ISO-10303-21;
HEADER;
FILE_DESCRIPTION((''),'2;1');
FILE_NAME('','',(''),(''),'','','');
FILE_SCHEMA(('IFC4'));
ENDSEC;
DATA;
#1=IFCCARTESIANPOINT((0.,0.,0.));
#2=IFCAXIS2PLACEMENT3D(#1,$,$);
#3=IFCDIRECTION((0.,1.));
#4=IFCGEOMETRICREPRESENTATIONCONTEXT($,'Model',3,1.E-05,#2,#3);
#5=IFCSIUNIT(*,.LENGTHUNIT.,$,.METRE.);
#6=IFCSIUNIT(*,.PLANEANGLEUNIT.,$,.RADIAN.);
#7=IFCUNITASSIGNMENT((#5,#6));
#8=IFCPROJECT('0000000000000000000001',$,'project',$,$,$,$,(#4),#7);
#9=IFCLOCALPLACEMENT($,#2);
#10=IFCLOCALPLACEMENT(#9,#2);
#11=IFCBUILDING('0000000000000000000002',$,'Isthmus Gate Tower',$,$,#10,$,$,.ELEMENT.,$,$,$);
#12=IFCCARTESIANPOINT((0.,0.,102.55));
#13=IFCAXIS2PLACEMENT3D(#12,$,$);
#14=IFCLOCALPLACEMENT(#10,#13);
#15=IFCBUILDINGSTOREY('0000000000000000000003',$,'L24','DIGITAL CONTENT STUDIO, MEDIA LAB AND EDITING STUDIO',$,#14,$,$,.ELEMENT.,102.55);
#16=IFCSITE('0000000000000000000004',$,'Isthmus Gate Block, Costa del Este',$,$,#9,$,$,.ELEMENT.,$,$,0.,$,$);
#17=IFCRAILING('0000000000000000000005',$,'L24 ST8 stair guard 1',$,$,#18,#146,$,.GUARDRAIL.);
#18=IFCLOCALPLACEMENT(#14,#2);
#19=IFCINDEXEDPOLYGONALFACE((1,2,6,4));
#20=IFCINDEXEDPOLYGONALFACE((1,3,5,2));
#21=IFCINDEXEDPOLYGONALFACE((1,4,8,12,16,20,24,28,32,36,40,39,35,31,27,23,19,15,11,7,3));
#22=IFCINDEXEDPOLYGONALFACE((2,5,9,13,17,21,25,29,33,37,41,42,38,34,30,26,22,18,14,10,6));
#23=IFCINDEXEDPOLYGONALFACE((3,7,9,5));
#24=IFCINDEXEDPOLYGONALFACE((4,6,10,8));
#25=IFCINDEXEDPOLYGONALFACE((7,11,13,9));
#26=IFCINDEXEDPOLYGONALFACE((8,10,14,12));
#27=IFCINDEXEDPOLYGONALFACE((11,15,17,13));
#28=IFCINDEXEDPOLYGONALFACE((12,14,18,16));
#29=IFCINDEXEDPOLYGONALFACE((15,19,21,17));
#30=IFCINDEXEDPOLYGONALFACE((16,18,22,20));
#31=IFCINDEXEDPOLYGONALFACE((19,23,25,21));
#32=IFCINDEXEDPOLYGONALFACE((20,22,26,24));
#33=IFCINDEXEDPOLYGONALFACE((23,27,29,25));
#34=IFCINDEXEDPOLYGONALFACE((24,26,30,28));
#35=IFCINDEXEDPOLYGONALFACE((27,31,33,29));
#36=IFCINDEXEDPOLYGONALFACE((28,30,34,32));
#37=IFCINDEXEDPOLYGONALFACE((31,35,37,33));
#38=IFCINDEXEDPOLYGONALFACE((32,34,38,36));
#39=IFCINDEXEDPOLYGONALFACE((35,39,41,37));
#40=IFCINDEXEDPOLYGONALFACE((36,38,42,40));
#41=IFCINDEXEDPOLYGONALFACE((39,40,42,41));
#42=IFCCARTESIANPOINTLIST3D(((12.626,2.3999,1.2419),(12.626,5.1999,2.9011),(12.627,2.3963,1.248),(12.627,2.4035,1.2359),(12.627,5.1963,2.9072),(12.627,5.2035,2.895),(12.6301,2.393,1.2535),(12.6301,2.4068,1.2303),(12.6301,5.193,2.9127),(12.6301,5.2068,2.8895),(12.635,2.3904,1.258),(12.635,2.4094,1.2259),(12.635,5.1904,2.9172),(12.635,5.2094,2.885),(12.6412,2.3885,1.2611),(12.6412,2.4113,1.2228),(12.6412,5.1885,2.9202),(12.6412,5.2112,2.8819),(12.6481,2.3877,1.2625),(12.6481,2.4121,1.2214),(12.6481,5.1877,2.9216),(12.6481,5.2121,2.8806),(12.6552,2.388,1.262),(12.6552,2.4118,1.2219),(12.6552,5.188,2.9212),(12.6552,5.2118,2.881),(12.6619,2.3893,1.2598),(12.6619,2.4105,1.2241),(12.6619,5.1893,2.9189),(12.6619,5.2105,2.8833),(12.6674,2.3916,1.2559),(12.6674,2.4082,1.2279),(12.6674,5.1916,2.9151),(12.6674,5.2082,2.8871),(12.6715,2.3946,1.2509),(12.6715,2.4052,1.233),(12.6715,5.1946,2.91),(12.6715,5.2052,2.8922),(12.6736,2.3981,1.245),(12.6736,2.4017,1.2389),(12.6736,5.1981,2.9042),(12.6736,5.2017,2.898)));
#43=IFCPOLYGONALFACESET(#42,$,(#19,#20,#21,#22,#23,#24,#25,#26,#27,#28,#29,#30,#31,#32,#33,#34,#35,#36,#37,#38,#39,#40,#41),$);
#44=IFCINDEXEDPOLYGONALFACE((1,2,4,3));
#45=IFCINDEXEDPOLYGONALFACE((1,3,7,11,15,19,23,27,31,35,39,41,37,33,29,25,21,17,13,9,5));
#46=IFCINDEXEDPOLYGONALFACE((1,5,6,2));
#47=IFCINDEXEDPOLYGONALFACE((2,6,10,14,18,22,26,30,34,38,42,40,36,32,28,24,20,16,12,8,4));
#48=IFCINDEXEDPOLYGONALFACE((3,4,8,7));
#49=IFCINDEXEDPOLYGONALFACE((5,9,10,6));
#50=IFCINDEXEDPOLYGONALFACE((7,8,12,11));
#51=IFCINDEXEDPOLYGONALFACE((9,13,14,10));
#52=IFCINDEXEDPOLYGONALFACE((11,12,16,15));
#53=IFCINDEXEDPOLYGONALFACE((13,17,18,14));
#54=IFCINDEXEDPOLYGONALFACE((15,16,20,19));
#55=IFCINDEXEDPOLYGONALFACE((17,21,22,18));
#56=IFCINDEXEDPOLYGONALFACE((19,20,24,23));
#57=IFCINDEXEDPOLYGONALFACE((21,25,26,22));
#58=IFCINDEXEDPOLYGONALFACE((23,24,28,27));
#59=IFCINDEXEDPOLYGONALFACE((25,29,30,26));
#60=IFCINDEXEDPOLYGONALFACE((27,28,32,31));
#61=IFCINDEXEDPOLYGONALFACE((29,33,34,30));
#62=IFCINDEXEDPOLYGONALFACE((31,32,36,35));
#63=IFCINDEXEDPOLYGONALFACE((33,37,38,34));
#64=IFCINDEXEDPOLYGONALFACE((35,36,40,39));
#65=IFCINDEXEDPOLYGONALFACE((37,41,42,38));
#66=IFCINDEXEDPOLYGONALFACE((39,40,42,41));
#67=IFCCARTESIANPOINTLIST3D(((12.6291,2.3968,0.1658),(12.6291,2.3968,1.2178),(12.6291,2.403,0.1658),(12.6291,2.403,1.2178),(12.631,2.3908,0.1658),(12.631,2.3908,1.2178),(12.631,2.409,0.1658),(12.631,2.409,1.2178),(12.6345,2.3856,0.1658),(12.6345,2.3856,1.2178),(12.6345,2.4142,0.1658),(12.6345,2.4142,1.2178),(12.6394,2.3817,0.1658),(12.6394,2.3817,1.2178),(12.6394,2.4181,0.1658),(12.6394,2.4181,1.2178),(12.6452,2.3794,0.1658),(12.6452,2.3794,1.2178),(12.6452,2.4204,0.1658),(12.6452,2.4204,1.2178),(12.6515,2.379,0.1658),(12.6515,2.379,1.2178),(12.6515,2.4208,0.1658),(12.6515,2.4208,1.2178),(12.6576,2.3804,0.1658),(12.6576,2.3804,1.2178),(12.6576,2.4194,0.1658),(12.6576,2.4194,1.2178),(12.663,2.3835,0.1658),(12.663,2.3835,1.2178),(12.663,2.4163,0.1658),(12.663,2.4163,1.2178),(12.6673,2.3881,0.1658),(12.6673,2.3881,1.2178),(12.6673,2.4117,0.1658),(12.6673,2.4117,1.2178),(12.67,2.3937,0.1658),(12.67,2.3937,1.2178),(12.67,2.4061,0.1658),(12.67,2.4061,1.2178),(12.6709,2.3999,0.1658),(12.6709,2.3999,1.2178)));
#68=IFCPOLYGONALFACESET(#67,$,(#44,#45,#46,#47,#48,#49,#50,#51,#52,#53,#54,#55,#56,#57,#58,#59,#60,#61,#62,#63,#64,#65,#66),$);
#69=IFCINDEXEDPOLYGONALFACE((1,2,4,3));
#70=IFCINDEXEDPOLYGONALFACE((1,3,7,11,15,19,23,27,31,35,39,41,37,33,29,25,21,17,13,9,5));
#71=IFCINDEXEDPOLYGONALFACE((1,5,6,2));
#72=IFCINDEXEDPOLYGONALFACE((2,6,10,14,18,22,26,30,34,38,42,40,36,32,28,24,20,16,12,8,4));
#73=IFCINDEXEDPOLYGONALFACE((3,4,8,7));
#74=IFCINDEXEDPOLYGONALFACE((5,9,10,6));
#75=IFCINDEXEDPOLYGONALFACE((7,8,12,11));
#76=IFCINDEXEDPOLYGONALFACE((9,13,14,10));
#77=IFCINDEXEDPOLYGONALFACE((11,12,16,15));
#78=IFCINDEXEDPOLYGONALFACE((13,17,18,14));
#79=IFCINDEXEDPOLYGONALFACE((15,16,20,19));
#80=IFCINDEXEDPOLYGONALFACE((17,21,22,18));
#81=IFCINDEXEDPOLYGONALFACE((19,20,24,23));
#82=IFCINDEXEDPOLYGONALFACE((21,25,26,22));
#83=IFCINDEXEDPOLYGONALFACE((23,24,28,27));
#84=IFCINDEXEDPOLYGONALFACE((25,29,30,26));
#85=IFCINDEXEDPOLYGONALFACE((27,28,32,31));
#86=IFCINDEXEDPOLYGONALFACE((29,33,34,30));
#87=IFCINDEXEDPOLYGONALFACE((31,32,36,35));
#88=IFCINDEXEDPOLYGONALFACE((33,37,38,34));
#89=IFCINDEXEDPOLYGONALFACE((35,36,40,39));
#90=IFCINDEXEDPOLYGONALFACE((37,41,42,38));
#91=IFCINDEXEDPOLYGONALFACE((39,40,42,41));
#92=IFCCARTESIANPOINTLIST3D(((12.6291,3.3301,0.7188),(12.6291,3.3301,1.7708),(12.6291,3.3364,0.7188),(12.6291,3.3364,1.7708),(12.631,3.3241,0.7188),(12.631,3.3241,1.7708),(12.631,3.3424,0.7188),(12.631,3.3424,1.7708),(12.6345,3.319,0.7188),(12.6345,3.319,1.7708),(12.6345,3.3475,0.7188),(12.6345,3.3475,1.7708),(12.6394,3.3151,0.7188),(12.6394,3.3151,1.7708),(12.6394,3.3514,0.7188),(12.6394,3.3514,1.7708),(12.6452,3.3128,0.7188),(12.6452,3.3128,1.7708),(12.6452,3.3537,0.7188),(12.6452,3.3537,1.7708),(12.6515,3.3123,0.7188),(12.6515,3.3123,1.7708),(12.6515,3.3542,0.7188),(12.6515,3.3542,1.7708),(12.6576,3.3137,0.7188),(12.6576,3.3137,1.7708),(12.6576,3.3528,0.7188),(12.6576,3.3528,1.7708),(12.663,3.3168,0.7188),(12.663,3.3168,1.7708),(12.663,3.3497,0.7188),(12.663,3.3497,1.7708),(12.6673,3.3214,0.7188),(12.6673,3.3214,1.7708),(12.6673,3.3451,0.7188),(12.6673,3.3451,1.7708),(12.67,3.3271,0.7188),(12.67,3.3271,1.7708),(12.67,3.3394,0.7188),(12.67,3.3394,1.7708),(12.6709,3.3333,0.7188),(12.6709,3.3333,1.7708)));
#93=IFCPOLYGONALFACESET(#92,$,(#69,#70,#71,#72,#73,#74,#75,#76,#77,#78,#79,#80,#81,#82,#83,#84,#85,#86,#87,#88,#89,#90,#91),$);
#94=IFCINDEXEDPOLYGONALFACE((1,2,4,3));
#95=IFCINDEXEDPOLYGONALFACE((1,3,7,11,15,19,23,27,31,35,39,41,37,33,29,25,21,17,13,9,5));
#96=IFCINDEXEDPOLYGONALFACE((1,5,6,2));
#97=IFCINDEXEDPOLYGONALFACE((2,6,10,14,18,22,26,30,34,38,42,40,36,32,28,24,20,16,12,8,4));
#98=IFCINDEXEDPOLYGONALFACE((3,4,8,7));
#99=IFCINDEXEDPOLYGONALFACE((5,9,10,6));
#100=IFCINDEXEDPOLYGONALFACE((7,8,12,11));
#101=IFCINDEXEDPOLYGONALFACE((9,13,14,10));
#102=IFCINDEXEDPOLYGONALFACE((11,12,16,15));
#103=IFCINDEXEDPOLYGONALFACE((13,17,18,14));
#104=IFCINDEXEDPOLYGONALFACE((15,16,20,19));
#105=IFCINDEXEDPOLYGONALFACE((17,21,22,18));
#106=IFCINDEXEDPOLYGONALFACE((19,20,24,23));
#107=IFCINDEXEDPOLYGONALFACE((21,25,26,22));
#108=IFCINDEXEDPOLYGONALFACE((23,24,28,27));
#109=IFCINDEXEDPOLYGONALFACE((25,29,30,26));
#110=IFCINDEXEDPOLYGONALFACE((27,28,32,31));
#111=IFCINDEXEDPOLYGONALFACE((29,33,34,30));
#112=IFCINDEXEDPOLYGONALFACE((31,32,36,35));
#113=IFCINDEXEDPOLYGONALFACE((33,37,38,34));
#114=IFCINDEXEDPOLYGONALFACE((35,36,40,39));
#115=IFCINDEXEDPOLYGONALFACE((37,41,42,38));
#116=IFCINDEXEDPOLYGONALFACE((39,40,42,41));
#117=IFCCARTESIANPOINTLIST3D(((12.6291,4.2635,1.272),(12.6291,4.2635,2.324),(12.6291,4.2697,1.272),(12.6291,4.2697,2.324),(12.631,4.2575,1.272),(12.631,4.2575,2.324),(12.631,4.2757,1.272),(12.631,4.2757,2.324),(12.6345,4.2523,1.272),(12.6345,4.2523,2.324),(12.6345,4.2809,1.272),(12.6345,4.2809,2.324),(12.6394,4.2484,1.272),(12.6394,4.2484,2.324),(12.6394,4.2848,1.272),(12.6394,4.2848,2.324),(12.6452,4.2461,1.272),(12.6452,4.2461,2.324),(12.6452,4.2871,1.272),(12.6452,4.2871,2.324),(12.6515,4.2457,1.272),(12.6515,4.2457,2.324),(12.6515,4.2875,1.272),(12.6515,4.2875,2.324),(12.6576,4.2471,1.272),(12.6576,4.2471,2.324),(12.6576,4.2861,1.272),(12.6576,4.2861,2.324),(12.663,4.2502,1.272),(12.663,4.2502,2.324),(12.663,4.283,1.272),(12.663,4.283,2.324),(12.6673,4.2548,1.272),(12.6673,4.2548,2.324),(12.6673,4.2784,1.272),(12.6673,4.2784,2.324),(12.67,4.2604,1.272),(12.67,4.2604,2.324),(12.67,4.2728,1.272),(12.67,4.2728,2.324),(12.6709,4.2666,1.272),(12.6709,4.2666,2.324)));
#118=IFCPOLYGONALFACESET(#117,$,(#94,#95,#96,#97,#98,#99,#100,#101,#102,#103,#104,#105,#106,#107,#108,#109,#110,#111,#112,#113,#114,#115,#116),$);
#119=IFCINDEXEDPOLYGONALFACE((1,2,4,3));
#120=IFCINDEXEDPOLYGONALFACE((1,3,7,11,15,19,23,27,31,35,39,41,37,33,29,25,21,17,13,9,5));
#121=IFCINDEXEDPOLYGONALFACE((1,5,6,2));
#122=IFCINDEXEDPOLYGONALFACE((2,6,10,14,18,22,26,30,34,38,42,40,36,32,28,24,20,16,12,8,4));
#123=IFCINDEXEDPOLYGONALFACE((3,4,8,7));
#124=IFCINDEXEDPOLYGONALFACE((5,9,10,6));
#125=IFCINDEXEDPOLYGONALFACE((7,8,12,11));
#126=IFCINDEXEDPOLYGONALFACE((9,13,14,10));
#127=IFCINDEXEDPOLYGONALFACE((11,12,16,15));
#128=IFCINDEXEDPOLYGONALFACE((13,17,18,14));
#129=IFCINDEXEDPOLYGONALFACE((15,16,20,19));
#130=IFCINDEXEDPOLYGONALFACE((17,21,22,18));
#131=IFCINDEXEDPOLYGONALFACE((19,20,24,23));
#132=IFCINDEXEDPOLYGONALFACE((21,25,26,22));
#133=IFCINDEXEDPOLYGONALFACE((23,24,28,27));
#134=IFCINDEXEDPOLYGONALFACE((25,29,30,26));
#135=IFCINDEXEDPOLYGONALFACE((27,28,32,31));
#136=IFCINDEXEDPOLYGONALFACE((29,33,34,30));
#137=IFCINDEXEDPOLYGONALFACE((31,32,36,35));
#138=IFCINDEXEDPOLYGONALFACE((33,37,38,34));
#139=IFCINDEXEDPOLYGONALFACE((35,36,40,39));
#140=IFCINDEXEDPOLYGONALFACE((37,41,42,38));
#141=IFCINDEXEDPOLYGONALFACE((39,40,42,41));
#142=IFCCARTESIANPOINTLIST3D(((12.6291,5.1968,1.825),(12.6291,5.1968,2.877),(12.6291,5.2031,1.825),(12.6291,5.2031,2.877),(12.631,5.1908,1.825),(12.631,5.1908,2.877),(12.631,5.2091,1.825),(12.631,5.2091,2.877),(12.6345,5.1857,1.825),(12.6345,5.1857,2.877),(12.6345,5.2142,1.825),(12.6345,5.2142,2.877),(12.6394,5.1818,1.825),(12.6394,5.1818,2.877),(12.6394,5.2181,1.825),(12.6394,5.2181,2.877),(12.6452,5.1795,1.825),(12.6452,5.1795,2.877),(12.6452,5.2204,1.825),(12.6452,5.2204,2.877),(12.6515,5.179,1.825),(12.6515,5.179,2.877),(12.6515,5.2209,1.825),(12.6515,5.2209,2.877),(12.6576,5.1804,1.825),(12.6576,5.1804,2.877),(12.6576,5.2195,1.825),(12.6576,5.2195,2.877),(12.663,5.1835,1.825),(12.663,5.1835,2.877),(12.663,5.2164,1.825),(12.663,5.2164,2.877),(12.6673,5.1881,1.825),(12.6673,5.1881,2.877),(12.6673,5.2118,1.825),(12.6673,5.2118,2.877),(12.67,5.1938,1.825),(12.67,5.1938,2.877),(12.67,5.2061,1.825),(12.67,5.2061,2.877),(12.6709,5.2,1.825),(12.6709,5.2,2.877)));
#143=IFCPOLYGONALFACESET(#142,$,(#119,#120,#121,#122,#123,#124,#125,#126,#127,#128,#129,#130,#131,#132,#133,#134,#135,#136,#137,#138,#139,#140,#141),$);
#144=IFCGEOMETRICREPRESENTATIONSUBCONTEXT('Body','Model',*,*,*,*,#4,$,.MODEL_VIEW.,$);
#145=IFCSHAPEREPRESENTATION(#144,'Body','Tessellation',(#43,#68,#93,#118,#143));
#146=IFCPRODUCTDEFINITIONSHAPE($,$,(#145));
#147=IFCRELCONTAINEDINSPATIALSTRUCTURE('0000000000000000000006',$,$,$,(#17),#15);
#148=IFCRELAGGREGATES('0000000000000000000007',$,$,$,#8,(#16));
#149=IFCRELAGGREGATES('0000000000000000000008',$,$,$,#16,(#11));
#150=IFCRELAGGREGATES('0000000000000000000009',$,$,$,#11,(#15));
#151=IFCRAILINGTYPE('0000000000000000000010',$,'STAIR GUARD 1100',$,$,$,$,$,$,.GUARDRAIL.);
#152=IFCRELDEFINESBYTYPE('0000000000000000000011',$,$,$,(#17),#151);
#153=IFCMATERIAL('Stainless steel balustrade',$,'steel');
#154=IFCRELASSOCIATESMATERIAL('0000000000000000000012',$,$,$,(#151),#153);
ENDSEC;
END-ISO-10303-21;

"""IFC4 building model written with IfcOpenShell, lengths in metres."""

from ifc_helpers import new_model, si_unit, direction, frame, origin, origin_2d, place, context, subcontext, project, spatial, circle, extrude, material, type_object, element, save


model = new_model("IFC4")

# Units and contexts
model_context = context("Model", 3, precision=1e-05, world=origin(), true_north=direction((0.0, 1.0)))
body_context = subcontext(model_context, "Body", "Model", "MODEL_VIEW")
ifc_project = project(units=[si_unit("LENGTHUNIT", "METRE"), si_unit("PLANEANGLEUNIT", "RADIAN")], contexts=[model_context])

# Site, building, storey
site_placement = place(None, origin())
site = spatial("IfcSite", under=ifc_project, at=site_placement, Name="Isthmus Gate Block, Costa del Este", CompositionType="ELEMENT", RefElevation=0.0)
building_placement = place(site_placement, origin())
building = spatial("IfcBuilding", under=site, at=building_placement, Name="Isthmus Gate Tower", CompositionType="ELEMENT")
storey_placement = place(building_placement, frame((0.0, 0.0, 102.55)))
storey = spatial("IfcBuildingStorey", under=building, at=storey_placement, Name="L24", Description="DIGITAL CONTENT STUDIO, MEDIA LAB AND EDITING STUDIO", CompositionType="ELEMENT", Elevation=102.55)

# Railing
ifc_material_1 = material(Name="Stainless steel balustrade", Category="steel")
railing_type_1 = type_object("IfcRailingType", Name="STAIR GUARD 1100", PredefinedType="GUARDRAIL", material=ifc_material_1)
railing_1_placement = place(storey_placement, frame((12.6499, 2.3999, 0.1658)))
element("IfcRailing", 1, at=railing_1_placement, inside=storey, type_object=railing_type_1, Name="L24 ST8 stair guard 1", PredefinedType="GUARDRAIL", context=body_context, shape_type="SweptSolid", body=[
    extrude(circle(Radius=0.0239, at=origin_2d()), frame((0.0, 0.0, 1.0762), z_axis=(0.0, 0.860306, 0.509778), x_axis=(-1.0, 0.0, 0.0)), (0.0, 0.0, 1.0), 3.2546),
    extrude(circle(Radius=0.021, at=origin_2d()), origin(), (0.0, 0.0, 1.0), 1.052),
    extrude(circle(Radius=0.021, at=origin_2d()), frame((0.0, 0.9333, 0.553)), (0.0, 0.0, 1.0), 1.052),
    extrude(circle(Radius=0.021, at=origin_2d()), frame((0.0, 1.8667, 1.1062)), (0.0, 0.0, 1.0), 1.052),
    extrude(circle(Radius=0.021, at=origin_2d()), frame((0.0, 2.8, 1.6592)), (0.0, 0.0, 1.0), 1.052),
])

save(model, "model.ifc")
